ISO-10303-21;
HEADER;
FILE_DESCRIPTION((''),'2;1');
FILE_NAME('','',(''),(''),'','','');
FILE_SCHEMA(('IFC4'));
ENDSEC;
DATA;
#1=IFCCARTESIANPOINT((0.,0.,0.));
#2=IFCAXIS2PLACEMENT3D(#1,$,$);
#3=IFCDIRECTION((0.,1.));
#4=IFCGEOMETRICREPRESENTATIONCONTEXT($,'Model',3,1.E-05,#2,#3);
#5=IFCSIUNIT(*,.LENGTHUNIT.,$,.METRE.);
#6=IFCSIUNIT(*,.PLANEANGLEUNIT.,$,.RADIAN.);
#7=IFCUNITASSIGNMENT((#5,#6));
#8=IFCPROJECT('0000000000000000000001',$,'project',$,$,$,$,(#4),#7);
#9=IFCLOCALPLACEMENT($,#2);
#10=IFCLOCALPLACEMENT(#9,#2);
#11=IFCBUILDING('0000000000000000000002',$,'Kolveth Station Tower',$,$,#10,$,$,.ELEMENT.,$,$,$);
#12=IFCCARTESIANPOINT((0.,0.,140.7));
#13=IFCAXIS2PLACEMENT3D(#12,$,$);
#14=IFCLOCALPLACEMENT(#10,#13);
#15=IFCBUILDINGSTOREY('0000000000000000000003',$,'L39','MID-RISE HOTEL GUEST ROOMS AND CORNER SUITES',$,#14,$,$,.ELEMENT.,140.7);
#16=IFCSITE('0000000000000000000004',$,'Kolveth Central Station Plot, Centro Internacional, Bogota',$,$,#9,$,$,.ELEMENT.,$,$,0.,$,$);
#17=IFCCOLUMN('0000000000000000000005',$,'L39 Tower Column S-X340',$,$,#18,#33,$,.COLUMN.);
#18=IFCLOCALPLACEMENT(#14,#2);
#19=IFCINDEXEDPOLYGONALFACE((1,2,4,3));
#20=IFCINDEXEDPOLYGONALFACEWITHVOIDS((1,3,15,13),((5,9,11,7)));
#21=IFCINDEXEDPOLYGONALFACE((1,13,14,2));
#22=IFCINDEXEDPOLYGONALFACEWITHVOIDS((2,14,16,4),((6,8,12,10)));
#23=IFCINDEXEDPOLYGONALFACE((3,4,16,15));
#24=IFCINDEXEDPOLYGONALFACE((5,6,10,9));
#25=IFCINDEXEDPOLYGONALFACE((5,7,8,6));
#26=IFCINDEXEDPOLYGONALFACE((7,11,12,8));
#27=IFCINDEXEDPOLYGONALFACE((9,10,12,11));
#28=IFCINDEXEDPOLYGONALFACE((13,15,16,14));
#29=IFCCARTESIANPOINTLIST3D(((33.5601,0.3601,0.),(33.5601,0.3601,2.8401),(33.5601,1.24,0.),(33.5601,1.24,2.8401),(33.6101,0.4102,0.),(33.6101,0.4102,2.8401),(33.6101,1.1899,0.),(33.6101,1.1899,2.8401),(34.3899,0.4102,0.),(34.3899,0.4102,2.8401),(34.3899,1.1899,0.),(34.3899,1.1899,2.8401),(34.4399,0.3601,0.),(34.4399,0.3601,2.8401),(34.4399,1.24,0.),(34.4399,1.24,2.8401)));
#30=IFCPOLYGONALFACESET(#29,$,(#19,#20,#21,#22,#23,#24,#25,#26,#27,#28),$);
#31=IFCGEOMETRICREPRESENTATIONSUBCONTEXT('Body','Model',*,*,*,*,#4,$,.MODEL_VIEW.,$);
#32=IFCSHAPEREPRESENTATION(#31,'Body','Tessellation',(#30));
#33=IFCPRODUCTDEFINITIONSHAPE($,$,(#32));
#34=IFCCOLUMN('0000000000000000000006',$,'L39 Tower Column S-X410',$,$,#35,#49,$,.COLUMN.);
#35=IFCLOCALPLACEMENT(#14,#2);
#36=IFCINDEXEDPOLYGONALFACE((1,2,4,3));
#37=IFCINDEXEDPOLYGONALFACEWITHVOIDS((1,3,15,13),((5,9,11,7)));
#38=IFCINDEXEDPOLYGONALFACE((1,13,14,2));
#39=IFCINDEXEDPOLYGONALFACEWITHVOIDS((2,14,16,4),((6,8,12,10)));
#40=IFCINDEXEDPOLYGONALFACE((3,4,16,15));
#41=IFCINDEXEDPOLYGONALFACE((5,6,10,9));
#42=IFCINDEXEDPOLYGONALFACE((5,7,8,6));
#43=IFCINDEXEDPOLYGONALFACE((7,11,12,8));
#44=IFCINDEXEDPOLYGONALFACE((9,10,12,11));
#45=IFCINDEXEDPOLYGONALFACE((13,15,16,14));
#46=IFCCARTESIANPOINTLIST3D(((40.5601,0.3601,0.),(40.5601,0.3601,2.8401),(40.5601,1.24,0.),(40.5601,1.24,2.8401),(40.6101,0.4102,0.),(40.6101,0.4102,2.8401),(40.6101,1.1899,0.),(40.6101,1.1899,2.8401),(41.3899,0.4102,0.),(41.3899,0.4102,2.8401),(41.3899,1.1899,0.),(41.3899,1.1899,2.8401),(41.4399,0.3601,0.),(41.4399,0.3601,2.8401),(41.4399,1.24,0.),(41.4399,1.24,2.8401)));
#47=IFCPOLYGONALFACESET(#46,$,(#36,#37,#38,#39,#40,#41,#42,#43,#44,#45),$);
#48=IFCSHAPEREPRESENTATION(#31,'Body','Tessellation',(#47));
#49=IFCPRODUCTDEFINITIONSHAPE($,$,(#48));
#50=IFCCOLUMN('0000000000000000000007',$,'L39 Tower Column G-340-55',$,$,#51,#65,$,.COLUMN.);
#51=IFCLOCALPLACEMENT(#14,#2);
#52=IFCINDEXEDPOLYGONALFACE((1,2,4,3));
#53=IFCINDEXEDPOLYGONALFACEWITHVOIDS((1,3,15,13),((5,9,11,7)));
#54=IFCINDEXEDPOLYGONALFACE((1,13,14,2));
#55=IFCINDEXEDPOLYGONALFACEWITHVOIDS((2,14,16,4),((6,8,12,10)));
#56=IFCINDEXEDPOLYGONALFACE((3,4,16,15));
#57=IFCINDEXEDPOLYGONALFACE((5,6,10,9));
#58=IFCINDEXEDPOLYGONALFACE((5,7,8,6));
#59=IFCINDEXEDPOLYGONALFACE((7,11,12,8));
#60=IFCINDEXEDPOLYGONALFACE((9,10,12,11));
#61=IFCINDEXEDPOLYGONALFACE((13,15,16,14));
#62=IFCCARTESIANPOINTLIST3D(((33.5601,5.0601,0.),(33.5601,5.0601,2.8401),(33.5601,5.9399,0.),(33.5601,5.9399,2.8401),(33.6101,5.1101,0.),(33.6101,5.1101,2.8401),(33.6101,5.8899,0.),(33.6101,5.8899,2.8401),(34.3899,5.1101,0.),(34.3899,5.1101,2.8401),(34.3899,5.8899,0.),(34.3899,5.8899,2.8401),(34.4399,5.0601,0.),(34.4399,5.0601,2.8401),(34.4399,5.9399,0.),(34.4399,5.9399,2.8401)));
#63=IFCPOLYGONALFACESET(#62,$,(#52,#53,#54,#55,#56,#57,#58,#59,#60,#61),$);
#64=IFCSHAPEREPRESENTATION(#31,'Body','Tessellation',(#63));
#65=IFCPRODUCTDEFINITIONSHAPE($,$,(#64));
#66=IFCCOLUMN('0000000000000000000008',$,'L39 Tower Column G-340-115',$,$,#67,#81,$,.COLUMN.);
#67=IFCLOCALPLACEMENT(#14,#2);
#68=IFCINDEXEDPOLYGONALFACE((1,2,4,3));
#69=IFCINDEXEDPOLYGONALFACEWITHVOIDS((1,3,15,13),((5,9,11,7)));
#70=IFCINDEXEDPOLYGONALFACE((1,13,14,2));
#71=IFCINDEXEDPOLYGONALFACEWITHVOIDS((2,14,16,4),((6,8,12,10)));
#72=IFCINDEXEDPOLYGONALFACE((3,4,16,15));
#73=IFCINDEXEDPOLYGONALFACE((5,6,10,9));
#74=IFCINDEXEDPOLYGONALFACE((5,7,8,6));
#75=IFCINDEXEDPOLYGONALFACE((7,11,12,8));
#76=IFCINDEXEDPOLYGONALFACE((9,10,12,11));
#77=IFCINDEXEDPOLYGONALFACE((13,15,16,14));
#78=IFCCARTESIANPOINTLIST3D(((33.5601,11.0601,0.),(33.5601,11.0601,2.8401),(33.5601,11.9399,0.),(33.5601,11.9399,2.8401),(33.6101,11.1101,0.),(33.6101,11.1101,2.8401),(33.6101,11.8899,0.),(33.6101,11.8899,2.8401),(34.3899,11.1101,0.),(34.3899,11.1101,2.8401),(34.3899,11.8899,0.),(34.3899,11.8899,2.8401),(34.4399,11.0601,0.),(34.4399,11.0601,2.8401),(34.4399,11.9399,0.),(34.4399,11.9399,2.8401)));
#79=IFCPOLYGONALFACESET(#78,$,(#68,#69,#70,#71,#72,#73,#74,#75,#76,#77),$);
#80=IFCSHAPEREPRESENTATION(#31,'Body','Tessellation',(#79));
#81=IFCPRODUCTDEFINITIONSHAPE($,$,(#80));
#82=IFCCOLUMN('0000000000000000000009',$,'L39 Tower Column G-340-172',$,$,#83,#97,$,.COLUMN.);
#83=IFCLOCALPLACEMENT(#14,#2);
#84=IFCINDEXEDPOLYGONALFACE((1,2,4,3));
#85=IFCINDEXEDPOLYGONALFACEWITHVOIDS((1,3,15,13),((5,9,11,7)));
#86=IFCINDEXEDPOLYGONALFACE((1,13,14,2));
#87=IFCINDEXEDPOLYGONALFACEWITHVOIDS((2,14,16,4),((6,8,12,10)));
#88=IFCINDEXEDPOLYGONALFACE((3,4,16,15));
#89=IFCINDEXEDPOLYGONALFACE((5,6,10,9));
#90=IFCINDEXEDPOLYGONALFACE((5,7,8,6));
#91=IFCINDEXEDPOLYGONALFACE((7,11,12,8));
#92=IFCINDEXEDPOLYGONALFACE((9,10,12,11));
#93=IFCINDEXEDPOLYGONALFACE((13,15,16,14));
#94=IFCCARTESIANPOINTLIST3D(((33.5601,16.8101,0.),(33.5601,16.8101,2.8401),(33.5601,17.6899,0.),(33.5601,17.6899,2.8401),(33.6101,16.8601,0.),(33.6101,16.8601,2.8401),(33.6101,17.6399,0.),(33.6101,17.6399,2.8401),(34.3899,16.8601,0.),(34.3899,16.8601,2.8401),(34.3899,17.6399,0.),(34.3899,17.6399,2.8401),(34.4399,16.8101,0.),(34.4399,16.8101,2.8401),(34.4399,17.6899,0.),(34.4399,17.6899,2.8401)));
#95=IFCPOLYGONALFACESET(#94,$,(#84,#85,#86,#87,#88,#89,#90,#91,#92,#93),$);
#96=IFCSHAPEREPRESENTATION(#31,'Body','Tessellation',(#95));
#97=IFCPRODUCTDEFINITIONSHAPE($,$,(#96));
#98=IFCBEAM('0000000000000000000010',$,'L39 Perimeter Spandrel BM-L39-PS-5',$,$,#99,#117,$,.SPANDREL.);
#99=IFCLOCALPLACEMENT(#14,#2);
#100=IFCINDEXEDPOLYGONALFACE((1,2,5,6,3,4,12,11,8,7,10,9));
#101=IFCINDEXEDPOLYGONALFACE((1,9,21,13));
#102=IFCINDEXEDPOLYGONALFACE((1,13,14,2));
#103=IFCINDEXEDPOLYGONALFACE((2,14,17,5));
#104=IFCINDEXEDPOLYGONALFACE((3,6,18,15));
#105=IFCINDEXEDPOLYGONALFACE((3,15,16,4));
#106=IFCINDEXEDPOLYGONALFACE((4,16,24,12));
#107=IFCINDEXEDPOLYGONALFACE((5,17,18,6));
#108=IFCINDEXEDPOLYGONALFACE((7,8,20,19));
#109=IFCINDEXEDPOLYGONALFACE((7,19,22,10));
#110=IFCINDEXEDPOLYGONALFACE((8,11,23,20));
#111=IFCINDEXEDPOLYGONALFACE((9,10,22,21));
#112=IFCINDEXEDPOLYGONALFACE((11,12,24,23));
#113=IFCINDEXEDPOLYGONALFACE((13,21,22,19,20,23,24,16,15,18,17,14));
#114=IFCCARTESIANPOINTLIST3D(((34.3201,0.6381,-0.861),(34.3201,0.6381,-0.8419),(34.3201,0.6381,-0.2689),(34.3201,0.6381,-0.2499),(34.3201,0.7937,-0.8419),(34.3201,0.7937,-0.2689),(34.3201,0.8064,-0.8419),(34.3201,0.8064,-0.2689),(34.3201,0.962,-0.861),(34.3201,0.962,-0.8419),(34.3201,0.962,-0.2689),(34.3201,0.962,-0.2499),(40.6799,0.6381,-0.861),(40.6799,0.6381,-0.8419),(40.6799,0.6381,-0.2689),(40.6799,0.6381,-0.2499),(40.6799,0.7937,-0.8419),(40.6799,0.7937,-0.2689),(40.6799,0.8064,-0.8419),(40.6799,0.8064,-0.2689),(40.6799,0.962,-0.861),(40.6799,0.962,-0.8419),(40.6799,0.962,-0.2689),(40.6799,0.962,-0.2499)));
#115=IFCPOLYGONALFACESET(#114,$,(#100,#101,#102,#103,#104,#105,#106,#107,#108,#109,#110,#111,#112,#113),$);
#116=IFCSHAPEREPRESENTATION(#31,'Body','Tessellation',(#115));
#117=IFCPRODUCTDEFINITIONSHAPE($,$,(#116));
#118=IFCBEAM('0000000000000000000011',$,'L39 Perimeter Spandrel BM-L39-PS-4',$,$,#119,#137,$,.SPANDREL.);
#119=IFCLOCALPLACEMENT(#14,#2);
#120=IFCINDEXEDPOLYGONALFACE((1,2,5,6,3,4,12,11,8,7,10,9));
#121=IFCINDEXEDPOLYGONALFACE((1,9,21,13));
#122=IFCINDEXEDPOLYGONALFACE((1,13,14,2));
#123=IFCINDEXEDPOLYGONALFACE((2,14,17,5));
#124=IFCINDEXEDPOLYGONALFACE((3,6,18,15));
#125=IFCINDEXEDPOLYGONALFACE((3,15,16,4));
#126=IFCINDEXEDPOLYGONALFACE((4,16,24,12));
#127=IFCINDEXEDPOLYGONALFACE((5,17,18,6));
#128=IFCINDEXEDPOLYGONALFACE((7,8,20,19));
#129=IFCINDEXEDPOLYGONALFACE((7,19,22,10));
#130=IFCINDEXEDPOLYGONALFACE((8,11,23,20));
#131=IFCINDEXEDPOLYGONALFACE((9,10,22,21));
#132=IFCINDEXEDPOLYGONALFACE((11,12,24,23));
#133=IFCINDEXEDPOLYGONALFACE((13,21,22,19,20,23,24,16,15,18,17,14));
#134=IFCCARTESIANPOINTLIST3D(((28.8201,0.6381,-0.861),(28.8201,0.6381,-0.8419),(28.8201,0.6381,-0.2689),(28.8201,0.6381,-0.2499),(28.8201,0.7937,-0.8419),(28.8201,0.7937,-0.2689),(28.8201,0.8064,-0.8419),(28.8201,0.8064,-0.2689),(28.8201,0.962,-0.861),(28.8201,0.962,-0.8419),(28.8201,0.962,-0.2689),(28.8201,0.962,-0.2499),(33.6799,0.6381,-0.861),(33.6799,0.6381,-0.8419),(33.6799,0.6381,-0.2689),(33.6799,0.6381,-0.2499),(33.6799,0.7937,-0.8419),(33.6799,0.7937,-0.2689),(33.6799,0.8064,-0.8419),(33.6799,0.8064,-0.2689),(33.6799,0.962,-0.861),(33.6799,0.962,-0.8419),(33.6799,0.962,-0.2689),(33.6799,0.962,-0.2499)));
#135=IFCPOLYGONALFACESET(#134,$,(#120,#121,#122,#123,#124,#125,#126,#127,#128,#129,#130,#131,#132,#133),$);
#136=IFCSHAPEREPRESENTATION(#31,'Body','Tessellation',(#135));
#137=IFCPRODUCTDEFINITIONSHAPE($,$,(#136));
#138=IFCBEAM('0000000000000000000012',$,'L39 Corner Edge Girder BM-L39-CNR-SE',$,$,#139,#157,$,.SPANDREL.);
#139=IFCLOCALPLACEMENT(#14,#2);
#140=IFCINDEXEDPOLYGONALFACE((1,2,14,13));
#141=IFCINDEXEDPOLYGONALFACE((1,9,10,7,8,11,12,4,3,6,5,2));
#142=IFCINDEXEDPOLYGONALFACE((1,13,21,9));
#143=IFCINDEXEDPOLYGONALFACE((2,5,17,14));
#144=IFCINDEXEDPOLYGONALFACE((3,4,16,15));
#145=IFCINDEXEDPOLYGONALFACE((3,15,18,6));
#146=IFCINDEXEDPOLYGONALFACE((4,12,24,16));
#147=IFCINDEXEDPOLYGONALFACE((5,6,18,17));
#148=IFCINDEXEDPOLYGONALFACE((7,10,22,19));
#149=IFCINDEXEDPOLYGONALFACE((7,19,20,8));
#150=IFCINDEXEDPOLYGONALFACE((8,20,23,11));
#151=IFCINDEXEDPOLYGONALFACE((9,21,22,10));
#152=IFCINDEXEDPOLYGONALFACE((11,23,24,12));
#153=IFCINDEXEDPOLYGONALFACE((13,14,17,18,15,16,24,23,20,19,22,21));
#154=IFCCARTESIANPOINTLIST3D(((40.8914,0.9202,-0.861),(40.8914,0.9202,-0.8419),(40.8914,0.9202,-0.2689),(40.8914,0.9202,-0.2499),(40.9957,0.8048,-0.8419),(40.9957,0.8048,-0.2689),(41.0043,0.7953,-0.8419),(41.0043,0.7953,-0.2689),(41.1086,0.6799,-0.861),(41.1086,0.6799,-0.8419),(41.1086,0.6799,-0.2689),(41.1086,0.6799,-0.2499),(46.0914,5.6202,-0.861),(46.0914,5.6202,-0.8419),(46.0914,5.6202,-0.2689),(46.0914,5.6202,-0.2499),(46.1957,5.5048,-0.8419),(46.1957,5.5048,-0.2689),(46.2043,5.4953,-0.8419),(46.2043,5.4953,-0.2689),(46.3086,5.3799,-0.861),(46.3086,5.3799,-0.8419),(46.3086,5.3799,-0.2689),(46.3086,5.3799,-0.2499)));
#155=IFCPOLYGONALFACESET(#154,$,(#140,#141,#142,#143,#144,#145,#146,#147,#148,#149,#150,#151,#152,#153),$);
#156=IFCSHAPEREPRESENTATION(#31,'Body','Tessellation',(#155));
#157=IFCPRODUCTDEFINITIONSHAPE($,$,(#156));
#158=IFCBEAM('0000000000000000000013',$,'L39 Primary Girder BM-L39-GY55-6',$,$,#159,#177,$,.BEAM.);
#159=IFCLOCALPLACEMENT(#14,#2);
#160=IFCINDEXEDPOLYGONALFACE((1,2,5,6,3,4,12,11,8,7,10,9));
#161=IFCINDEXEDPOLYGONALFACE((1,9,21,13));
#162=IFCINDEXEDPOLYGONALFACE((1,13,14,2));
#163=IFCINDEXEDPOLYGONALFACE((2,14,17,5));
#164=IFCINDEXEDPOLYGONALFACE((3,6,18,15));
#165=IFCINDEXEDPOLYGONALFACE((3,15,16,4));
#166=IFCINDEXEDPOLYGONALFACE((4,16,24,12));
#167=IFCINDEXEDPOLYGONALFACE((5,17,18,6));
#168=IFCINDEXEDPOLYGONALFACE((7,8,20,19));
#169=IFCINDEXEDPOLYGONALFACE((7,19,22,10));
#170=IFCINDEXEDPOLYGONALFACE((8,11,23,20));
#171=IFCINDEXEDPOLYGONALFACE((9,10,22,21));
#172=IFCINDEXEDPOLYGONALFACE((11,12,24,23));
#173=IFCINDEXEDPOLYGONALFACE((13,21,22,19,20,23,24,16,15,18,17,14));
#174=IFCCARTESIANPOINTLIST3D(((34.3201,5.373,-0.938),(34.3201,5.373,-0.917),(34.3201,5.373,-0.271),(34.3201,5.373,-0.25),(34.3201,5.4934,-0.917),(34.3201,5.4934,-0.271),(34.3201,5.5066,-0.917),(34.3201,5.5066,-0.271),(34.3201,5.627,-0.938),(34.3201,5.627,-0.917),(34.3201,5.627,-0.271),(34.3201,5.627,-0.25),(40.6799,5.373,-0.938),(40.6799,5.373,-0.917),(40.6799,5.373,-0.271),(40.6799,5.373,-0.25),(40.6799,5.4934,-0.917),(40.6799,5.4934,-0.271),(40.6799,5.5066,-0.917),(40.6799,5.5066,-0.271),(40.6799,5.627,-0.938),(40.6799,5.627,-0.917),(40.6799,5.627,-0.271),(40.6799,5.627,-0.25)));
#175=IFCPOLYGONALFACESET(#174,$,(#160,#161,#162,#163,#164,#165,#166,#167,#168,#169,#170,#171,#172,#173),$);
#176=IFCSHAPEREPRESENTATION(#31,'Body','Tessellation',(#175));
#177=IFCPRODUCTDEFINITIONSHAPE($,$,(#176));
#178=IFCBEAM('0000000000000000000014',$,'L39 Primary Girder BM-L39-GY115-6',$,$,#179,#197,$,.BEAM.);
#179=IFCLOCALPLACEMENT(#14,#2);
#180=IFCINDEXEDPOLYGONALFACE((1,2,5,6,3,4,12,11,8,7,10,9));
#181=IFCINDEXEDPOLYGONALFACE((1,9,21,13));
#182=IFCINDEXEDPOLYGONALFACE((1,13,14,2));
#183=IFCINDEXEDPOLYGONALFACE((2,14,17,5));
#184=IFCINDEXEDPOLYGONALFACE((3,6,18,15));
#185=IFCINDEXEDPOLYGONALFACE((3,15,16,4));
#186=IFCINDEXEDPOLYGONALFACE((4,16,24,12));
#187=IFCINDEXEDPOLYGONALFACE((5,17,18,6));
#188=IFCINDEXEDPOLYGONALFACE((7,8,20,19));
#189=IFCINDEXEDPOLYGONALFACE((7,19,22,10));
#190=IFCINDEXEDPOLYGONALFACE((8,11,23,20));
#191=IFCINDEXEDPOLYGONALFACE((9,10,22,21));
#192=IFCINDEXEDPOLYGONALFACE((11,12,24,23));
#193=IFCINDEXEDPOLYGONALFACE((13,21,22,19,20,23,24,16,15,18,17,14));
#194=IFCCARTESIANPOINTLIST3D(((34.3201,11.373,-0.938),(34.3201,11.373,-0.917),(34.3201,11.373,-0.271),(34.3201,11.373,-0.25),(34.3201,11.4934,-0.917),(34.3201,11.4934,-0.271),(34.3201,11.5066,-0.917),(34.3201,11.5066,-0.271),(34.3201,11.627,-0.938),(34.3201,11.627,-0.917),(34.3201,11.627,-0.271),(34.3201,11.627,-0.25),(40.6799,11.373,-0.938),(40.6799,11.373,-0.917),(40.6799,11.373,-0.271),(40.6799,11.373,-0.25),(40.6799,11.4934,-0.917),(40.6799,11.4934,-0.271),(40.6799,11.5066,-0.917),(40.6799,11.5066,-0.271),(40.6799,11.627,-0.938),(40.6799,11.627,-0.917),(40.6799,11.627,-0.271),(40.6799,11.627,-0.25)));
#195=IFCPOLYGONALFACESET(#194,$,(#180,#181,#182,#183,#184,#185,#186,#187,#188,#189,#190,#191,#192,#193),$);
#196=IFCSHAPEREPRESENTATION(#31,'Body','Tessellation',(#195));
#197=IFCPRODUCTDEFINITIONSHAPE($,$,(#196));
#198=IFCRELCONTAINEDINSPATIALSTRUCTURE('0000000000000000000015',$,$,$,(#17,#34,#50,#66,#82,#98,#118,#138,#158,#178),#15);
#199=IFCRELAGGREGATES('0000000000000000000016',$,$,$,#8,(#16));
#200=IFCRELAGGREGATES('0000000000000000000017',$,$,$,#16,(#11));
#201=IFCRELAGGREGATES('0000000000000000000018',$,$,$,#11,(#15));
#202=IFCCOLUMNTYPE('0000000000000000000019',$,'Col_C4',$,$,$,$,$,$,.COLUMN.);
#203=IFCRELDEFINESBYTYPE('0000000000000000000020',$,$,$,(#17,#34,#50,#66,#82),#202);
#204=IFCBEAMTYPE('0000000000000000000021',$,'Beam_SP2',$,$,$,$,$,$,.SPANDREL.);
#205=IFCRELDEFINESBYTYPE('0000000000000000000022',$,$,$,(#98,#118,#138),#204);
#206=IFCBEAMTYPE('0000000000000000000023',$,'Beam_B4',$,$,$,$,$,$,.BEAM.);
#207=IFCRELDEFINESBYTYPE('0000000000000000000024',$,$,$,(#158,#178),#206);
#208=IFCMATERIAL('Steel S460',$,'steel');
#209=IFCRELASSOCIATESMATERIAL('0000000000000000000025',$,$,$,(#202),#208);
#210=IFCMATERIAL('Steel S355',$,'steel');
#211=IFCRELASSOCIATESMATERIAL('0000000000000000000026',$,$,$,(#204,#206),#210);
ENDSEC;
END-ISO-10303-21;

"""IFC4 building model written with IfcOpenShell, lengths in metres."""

from ifc_helpers import new_model, si_unit, direction, frame, origin, origin_2d, place, context, subcontext, project, spatial, hollow_rectangle, i_section, extrude, source, transform, mapped, material, material_profile, profile_set, type_object, element, save


model = new_model("IFC4")

# Units and contexts
model_context = context("Model", 3, precision=1e-05, world=origin(), true_north=direction((0.0, 1.0)))
body_context = subcontext(model_context, "Body", "Model", "MODEL_VIEW")
ifc_project = project(units=[si_unit("LENGTHUNIT", "METRE"), si_unit("PLANEANGLEUNIT", "RADIAN")], contexts=[model_context])

# Site, building, storey
site_placement = place(None, origin())
site = spatial("IfcSite", under=ifc_project, at=site_placement, Name="Kolveth Central Station Plot, Centro Internacional, Bogota", CompositionType="ELEMENT", RefElevation=0.0)
building_placement = place(site_placement, origin())
building = spatial("IfcBuilding", under=site, at=building_placement, Name="Kolveth Station Tower", CompositionType="ELEMENT")
storey_placement = place(building_placement, frame((0.0, 0.0, 140.7)))
storey = spatial("IfcBuildingStorey", under=building, at=storey_placement, Name="L39", Description="MID-RISE HOTEL GUEST ROOMS AND CORNER SUITES", CompositionType="ELEMENT", Elevation=140.7)

# Columns
ifc_material_1 = material(Name="Steel S460", Category="steel")
ifc_material_profile_1 = material_profile(ifc_material_1, hollow_rectangle(XDim=0.8799, YDim=0.8799, WallThickness=0.05, at=origin_2d()), Name="BOX880x880x50")
ifc_profile_set_1 = profile_set([ifc_material_profile_1], Name="Steel S460")
column_type = type_object("IfcColumnType", Name="Col_C4", PredefinedType="COLUMN", material=ifc_profile_set_1)
shared_shape_1 = source(origin(), body_context, "Body", "SweptSolid", [
    extrude(hollow_rectangle(XDim=0.8799, YDim=0.8799, WallThickness=0.05, at=origin_2d()), origin(), (0.0, 0.0, 1.0), 2.8401),
])
for number, where, z_axis, x_axis, name in (
    (1, (34.0, 0.8, 0.0), (0.0, 0.0, 1.0), (1.0, 0.0, 0.0), "L39 Tower Column S-X340"),
    (2, (41.0, 0.8, 0.0), (0.0, 0.0, 1.0), (1.0, 0.0, 0.0), "L39 Tower Column S-X410"),
    (3, (34.0, 5.5, 0.0), (0.0, 0.0, 1.0), (1.0, 0.0, 0.0), "L39 Tower Column G-340-55"),
    (4, (34.0, 11.5, 0.0), (0.0, 0.0, 1.0), (1.0, 0.0, 0.0), "L39 Tower Column G-340-115"),
    (5, (34.0, 17.25, 0.0), (0.0, 0.0, 1.0), (1.0, 0.0, 0.0), "L39 Tower Column G-340-172"),
):
    element("IfcColumn", number, at=place(storey_placement, frame(where, z_axis=z_axis, x_axis=x_axis)), inside=storey, type_object=column_type, Name=name, PredefinedType="COLUMN", context=body_context, shape_type="MappedRepresentation", body=[
        mapped(shared_shape_1, transform((0.0, 0.0, 0.0), x_axis=(1.0, 0.0, 0.0), y_axis=(0.0, 1.0, 0.0), z_axis=(0.0, 0.0, 1.0), scale=1.0)),
    ])

# Beams
ifc_material_2 = material(Name="Steel S355", Category="steel")
ifc_material_profile_2 = material_profile(ifc_material_2, i_section(OverallWidth=0.324, OverallDepth=0.6111, WebThickness=0.0127, FlangeThickness=0.019, at=origin_2d()), Name="W610x155")
ifc_profile_set_2 = profile_set([ifc_material_profile_2], Name="Steel S355")
beam_type_1 = type_object("IfcBeamType", Name="Beam_SP2", PredefinedType="SPANDREL", material=ifc_profile_set_2)
shared_shape_2 = source(origin(), body_context, "Body", "SweptSolid", [
    extrude(i_section(OverallWidth=0.324, OverallDepth=0.6111, WebThickness=0.0127, FlangeThickness=0.019, at=origin_2d()), origin(), (0.0, 0.0, 1.0), 6.3599),
])
beam_1_placement = place(storey_placement, frame((34.3201, 0.8, -0.5554), z_axis=(1.0, 0.0, 0.0), x_axis=(0.0, 1.0, 0.0)))
element("IfcBeam", 6, at=beam_1_placement, inside=storey, type_object=beam_type_1, Name="L39 Perimeter Spandrel BM-L39-PS-5", PredefinedType="SPANDREL", context=body_context, shape_type="MappedRepresentation", body=[
    mapped(shared_shape_2, transform((0.0, 0.0, 0.0), x_axis=(1.0, 0.0, 0.0), y_axis=(0.0, 1.0, 0.0), z_axis=(0.0, 0.0, 1.0), scale=1.0)),
])
shared_shape_3 = source(origin(), body_context, "Body", "SweptSolid", [
    extrude(i_section(OverallWidth=0.324, OverallDepth=0.6111, WebThickness=0.0127, FlangeThickness=0.019, at=origin_2d()), origin(), (0.0, 0.0, 1.0), 4.8599),
])
beam_2_placement = place(storey_placement, frame((28.8201, 0.8, -0.5554), z_axis=(1.0, 0.0, 0.0), x_axis=(0.0, 1.0, 0.0)))
element("IfcBeam", 7, at=beam_2_placement, inside=storey, type_object=beam_type_1, Name="L39 Perimeter Spandrel BM-L39-PS-4", PredefinedType="SPANDREL", context=body_context, shape_type="MappedRepresentation", body=[
    mapped(shared_shape_3, transform((0.0, 0.0, 0.0), x_axis=(1.0, 0.0, 0.0), y_axis=(0.0, 1.0, 0.0), z_axis=(0.0, 0.0, 1.0), scale=1.0)),
])
shared_shape_4 = source(origin(), body_context, "Body", "SweptSolid", [
    extrude(i_section(OverallWidth=0.324, OverallDepth=0.6111, WebThickness=0.0127, FlangeThickness=0.019, at=origin_2d()), origin(), (0.0, 0.0, 1.0), 7.0093),
])
beam_3_placement = place(storey_placement, frame((41.0, 0.8, -0.5554), z_axis=(0.741874, 0.670539, 0.0), x_axis=(-0.670539, 0.741874, 0.0)))
element("IfcBeam", 8, at=beam_3_placement, inside=storey, type_object=beam_type_1, Name="L39 Corner Edge Girder BM-L39-CNR-SE", PredefinedType="SPANDREL", context=body_context, shape_type="MappedRepresentation", body=[
    mapped(shared_shape_4, transform((0.0, 0.0, 0.0), x_axis=(1.0, 0.0, 0.0), y_axis=(0.0, 1.0, 0.0), z_axis=(0.0, 0.0, 1.0), scale=1.0)),
])
ifc_material_profile_3 = material_profile(ifc_material_2, i_section(OverallWidth=0.2539, OverallDepth=0.688, WebThickness=0.0132, FlangeThickness=0.021, at=origin_2d()), Name="W690x152")
ifc_profile_set_3 = profile_set([ifc_material_profile_3], Name="Steel S355")
beam_type_2 = type_object("IfcBeamType", Name="Beam_B4", PredefinedType="BEAM", material=ifc_profile_set_3)
shared_shape_5 = source(origin(), body_context, "Body", "SweptSolid", [
    extrude(i_section(OverallWidth=0.2539, OverallDepth=0.688, WebThickness=0.0132, FlangeThickness=0.021, at=origin_2d()), origin(), (0.0, 0.0, 1.0), 6.3599),
])
for number, where, z_axis, x_axis, name in (
    (9, (34.3201, 5.5, -0.594), (1.0, 0.0, 0.0), (0.0, 1.0, 0.0), "L39 Primary Girder BM-L39-GY55-6"),
    (10, (34.3201, 11.5, -0.594), (1.0, 0.0, 0.0), (0.0, 1.0, 0.0), "L39 Primary Girder BM-L39-GY115-6"),
):
    element("IfcBeam", number, at=place(storey_placement, frame(where, z_axis=z_axis, x_axis=x_axis)), inside=storey, type_object=beam_type_2, Name=name, PredefinedType="BEAM", context=body_context, shape_type="MappedRepresentation", body=[
        mapped(shared_shape_5, transform((0.0, 0.0, 0.0), x_axis=(1.0, 0.0, 0.0), y_axis=(0.0, 1.0, 0.0), z_axis=(0.0, 0.0, 1.0), scale=1.0)),
    ])

save(model, "model.ifc")
